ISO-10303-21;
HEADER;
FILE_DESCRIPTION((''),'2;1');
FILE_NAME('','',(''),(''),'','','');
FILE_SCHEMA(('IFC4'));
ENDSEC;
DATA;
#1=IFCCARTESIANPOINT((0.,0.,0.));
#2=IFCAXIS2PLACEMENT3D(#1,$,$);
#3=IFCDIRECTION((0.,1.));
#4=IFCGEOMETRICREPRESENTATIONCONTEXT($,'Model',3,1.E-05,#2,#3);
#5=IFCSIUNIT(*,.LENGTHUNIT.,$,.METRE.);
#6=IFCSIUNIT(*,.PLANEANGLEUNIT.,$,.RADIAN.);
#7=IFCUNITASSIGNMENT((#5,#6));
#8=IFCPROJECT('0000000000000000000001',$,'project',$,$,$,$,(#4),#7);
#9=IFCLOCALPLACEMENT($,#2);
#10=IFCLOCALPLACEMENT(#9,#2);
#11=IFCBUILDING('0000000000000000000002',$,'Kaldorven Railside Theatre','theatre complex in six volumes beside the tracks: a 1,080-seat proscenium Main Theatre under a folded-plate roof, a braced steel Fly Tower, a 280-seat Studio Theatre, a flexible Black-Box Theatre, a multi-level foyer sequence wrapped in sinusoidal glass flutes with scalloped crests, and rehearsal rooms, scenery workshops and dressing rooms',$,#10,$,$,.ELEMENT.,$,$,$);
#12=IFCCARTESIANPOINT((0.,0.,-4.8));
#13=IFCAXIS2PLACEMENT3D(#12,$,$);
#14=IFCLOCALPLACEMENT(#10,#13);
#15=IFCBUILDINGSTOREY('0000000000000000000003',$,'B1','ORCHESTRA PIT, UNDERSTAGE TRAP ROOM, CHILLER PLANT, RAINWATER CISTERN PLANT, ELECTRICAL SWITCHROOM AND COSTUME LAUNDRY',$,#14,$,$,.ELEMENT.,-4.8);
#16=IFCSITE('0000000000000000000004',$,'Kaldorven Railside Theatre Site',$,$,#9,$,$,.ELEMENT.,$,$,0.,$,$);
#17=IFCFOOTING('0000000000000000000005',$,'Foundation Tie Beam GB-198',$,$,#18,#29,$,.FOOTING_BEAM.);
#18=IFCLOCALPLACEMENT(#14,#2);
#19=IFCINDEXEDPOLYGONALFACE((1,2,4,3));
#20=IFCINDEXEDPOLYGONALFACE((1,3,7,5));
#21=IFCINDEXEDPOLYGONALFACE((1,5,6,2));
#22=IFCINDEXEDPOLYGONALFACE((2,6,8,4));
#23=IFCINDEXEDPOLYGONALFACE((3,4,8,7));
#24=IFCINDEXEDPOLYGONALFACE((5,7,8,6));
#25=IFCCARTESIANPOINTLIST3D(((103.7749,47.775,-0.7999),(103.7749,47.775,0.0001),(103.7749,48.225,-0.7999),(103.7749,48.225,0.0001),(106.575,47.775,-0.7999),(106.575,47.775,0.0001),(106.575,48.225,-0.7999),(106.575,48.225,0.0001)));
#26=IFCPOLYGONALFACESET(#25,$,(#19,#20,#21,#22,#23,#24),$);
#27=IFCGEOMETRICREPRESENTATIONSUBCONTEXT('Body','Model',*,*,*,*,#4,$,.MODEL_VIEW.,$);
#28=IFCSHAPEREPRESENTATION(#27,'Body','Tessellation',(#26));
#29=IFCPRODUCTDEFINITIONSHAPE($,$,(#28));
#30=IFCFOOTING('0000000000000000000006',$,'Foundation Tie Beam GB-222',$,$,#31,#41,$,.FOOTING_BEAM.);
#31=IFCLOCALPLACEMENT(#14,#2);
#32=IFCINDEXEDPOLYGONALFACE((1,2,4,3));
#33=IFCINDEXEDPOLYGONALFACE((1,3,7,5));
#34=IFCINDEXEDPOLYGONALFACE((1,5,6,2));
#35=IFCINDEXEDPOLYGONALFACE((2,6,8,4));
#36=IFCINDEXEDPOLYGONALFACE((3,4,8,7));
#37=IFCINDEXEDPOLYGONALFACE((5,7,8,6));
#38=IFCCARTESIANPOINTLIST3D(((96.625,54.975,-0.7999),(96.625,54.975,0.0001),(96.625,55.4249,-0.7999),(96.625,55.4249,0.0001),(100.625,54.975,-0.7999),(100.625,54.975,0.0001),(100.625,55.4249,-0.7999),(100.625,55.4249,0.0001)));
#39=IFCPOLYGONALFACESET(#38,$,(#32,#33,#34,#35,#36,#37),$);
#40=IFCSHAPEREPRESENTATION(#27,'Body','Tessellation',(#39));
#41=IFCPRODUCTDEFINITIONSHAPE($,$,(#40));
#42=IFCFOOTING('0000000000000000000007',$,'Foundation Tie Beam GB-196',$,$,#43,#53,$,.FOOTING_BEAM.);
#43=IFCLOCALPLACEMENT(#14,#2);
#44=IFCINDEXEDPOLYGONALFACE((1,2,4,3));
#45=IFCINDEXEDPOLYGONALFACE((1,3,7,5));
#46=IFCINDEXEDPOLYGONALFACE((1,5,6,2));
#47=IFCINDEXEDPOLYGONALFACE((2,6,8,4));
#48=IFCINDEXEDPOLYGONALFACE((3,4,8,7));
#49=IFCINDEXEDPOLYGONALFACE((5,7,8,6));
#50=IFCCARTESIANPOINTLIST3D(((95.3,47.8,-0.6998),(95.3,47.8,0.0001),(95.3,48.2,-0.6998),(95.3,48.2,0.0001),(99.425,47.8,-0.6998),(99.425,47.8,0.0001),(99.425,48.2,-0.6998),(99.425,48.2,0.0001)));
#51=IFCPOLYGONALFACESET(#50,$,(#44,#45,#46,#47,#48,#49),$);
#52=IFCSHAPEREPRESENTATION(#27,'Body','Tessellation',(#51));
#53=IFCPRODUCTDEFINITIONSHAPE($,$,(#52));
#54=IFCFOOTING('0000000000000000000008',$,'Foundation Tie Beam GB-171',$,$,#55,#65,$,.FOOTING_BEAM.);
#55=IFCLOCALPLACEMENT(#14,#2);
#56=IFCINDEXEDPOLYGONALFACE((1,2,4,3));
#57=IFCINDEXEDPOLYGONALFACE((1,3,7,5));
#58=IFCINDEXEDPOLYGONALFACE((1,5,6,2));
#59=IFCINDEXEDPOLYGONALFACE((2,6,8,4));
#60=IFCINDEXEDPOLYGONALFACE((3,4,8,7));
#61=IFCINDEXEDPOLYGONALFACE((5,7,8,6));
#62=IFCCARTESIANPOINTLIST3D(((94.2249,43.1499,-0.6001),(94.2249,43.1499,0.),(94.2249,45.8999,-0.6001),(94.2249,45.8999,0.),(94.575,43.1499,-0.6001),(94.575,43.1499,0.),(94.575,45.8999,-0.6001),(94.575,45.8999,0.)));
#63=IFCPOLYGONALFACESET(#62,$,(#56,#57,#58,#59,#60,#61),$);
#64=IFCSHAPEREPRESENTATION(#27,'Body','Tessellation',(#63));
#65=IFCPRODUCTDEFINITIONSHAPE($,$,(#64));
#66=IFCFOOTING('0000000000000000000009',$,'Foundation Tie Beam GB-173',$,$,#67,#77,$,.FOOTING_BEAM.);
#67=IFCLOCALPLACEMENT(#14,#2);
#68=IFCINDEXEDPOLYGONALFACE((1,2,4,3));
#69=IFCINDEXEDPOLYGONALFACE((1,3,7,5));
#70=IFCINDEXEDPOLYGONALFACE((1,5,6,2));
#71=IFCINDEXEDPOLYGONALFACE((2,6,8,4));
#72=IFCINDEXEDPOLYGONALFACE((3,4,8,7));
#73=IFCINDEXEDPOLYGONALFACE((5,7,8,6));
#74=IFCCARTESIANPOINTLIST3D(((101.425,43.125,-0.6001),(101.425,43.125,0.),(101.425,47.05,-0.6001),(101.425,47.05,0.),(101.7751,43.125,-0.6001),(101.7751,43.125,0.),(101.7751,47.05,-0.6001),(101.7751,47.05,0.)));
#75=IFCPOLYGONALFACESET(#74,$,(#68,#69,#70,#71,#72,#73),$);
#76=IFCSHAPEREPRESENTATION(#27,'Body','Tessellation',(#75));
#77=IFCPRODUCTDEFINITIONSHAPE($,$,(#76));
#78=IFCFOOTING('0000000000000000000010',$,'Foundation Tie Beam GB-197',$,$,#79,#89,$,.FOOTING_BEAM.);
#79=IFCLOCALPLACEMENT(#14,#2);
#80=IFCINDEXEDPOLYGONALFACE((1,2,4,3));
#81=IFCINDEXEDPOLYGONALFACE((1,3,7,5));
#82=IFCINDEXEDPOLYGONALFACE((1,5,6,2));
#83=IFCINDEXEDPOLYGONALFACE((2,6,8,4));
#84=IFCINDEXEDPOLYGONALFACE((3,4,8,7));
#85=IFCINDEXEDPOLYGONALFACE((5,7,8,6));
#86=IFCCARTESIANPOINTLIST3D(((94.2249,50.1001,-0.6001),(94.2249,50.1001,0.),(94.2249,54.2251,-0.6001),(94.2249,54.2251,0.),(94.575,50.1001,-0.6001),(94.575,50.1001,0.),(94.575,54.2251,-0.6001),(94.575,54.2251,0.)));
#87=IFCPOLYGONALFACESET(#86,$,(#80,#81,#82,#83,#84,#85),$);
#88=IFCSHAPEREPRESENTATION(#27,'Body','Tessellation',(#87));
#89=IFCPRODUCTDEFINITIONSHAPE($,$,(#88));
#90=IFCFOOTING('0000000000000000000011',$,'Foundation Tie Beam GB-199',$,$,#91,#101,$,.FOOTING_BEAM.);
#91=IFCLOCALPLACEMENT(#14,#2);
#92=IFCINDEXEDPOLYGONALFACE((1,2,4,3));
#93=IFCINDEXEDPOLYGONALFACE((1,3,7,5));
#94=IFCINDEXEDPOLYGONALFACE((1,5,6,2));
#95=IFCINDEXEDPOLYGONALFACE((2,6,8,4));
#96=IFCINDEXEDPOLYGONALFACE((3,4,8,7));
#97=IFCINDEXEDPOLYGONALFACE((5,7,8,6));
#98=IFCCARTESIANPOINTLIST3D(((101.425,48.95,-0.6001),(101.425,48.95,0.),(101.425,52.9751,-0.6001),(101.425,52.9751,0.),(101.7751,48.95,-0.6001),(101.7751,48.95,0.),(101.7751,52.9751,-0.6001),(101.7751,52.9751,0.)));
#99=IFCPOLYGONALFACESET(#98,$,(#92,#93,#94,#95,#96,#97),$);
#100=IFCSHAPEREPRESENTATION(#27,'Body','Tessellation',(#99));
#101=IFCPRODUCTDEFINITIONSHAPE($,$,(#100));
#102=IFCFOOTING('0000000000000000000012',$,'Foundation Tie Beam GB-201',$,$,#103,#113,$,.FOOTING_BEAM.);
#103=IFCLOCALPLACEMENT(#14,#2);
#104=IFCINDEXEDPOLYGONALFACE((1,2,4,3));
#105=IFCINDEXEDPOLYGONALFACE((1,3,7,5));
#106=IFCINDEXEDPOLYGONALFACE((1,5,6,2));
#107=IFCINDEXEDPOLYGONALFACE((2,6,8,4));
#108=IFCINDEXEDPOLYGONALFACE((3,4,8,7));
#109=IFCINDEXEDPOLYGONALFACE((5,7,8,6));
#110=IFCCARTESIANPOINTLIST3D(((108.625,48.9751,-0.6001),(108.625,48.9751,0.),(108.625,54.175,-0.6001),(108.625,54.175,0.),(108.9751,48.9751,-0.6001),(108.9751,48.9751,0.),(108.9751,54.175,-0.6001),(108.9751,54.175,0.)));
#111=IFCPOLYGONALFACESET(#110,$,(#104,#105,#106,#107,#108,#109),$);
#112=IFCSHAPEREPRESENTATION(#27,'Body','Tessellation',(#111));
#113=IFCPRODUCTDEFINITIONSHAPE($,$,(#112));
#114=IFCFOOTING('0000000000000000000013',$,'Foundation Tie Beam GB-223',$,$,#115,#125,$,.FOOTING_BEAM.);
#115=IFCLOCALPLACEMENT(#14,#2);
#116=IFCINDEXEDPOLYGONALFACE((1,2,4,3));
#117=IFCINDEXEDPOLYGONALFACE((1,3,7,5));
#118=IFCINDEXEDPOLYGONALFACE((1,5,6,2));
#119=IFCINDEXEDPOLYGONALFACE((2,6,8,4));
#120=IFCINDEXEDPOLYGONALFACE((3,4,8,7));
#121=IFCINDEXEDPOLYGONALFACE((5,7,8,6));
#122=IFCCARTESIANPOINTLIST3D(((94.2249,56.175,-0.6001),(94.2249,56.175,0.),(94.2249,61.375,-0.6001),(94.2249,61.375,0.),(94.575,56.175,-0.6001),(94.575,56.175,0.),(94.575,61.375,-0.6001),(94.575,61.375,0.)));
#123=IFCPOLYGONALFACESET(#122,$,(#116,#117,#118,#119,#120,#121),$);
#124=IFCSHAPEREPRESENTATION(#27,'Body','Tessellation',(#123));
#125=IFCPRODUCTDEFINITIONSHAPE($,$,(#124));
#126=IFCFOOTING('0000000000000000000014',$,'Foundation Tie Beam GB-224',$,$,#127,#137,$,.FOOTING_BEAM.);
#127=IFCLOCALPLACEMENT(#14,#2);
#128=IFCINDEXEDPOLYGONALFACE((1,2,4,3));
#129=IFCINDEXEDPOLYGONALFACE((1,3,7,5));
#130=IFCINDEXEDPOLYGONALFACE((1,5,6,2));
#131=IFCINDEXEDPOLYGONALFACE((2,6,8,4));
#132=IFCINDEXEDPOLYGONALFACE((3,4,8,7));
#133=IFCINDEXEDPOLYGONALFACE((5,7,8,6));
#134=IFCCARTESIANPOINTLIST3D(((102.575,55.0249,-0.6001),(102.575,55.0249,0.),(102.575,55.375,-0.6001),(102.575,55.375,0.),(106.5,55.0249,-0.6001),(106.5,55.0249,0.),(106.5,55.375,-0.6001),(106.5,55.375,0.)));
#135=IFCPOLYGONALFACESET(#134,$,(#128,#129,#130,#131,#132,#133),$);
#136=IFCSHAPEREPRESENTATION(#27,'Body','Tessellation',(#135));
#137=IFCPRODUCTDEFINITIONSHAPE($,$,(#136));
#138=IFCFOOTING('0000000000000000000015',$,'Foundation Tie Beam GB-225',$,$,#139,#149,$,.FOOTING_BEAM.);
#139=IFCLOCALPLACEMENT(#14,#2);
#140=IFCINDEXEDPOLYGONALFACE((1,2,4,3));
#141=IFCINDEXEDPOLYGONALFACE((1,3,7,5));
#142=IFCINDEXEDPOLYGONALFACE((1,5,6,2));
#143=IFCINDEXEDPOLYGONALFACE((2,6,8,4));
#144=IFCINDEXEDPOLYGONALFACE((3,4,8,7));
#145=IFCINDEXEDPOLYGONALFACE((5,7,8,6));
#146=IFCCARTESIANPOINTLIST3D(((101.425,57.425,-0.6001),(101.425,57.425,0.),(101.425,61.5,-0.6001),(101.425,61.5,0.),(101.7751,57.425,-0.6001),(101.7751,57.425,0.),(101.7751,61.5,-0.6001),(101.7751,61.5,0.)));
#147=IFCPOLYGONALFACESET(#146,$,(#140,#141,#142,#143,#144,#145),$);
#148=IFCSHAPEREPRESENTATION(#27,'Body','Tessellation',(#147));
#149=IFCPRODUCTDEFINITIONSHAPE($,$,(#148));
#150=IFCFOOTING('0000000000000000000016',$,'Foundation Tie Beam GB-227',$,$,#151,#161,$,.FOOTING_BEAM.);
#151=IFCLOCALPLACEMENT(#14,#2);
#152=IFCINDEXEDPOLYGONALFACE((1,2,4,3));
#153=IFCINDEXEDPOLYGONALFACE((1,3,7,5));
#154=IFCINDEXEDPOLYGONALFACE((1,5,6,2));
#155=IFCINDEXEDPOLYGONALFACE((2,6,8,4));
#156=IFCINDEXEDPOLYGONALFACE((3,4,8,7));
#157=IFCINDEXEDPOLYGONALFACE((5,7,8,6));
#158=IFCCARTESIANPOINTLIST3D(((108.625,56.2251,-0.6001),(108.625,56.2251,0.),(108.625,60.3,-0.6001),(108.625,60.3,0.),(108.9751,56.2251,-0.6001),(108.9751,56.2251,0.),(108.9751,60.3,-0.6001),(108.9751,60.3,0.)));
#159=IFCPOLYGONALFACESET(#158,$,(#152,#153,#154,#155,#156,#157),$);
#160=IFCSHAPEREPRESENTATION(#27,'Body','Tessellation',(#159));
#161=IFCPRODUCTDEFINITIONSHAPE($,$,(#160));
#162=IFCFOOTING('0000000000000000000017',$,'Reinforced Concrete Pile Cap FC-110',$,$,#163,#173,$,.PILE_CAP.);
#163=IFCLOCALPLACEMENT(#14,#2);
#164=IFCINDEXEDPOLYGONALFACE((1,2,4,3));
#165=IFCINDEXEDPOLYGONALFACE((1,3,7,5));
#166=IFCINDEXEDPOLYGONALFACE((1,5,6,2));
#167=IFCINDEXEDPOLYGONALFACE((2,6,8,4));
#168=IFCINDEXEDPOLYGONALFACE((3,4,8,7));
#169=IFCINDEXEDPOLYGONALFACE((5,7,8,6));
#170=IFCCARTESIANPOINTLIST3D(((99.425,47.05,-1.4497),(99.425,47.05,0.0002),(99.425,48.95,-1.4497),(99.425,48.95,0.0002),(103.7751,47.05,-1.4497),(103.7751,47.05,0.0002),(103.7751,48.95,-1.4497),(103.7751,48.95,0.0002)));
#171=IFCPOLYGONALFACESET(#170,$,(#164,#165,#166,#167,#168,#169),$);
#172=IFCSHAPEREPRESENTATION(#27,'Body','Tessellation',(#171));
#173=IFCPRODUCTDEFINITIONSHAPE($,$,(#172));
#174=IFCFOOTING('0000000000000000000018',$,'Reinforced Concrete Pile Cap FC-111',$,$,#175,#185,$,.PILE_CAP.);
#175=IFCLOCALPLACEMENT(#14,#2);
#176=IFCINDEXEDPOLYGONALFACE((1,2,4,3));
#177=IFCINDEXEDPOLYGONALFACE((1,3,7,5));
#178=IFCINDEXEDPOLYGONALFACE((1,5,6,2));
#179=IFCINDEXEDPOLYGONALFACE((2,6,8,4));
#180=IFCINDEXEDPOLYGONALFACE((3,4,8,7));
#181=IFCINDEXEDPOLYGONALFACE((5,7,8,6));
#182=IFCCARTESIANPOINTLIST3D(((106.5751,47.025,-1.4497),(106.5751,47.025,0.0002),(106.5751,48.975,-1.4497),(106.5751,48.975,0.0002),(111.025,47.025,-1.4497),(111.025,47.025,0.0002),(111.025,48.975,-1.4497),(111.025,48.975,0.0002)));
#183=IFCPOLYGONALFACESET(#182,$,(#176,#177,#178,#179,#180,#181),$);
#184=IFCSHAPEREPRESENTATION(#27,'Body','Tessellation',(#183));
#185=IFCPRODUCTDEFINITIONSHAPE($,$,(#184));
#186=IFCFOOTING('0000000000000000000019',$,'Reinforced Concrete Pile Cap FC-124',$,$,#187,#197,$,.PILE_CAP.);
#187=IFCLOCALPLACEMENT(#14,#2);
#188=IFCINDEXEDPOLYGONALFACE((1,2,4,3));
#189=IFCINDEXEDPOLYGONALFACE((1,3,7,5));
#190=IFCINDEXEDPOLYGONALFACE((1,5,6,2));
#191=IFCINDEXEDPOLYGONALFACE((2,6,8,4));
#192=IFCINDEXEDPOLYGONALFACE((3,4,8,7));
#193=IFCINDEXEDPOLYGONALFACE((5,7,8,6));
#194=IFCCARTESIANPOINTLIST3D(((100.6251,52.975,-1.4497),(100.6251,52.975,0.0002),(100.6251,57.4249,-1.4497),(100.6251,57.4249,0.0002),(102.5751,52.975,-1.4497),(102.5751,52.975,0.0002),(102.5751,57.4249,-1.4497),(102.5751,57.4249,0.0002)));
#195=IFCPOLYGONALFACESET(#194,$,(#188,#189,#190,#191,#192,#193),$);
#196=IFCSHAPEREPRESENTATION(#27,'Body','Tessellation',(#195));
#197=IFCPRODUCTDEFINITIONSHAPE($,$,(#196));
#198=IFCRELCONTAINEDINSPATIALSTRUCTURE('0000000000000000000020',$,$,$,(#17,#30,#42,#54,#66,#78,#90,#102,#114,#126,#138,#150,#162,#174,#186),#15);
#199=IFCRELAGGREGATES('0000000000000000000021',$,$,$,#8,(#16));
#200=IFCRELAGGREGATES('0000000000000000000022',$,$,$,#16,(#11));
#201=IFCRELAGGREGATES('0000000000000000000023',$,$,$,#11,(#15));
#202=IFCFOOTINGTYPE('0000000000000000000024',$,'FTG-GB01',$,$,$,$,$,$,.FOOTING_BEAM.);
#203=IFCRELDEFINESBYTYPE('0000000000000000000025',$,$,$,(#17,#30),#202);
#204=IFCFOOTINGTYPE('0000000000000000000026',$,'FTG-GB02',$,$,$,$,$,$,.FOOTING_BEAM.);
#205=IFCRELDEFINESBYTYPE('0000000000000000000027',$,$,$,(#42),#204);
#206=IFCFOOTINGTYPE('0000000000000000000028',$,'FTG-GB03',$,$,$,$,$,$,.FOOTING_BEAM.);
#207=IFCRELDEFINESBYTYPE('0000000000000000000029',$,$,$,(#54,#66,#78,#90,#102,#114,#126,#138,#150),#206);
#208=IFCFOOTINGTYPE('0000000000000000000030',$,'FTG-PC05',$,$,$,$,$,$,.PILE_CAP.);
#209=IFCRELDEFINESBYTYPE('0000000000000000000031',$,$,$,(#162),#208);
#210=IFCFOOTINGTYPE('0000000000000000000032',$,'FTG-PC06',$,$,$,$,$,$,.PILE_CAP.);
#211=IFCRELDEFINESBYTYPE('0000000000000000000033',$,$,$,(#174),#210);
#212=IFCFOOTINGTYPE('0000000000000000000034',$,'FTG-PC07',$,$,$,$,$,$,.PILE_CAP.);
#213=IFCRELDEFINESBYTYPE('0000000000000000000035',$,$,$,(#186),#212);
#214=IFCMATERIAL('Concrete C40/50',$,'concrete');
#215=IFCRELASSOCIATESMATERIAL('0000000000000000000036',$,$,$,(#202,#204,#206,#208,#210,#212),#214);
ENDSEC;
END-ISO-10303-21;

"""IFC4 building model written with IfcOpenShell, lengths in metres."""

from ifc_helpers import new_model, si_unit, direction, frame, origin, origin_2d, place, context, subcontext, project, spatial, rectangle, extrude, material, material_profile, profile_set, type_object, element, save


model = new_model("IFC4")

# Units and contexts
model_context = context("Model", 3, precision=1e-05, world=origin(), true_north=direction((0.0, 1.0)))
body_context = subcontext(model_context, "Body", "Model", "MODEL_VIEW")
ifc_project = project(units=[si_unit("LENGTHUNIT", "METRE"), si_unit("PLANEANGLEUNIT", "RADIAN")], contexts=[model_context])

# Site, building, storey
site_placement = place(None, origin())
site = spatial("IfcSite", under=ifc_project, at=site_placement, Name="Kaldorven Railside Theatre Site", CompositionType="ELEMENT", RefElevation=0.0)
building_placement = place(site_placement, origin())
building = spatial("IfcBuilding", under=site, at=building_placement, Name="Kaldorven Railside Theatre", Description="theatre complex in six volumes beside the tracks: a 1,080-seat proscenium Main Theatre under a folded-plate roof, a braced steel Fly Tower, a 280-seat Studio Theatre, a flexible Black-Box Theatre, a multi-level foyer sequence wrapped in sinusoidal glass flutes with scalloped crests, and rehearsal rooms, scenery workshops and dressing rooms", CompositionType="ELEMENT")
storey_placement = place(building_placement, frame((0.0, 0.0, -4.8)))
storey = spatial("IfcBuildingStorey", under=building, at=storey_placement, Name="B1", Description="ORCHESTRA PIT, UNDERSTAGE TRAP ROOM, CHILLER PLANT, RAINWATER CISTERN PLANT, ELECTRICAL SWITCHROOM AND COSTUME LAUNDRY", CompositionType="ELEMENT", Elevation=-4.8)

# Footings
ifc_material_1 = material(Name="Concrete C40/50", Category="concrete")
ifc_material_profile_1 = material_profile(ifc_material_1, rectangle(XDim=0.45, YDim=0.8, at=origin_2d()), Name="RC 450x800")
ifc_profile_set_1 = profile_set([ifc_material_profile_1], Name="Concrete C40/50")
footing_type_1 = type_object("IfcFootingType", Name="FTG-GB01", PredefinedType="FOOTING_BEAM", material=ifc_profile_set_1)
footing_1_placement = place(storey_placement, frame((103.7749, 48.0, -0.3999), z_axis=(1.0, 0.0, 0.0), x_axis=(0.0, 1.0, 0.0)))
element("IfcFooting", 1, at=footing_1_placement, inside=storey, type_object=footing_type_1, Name="Foundation Tie Beam GB-198", PredefinedType="FOOTING_BEAM", context=body_context, shape_type="SweptSolid", body=[
    extrude(rectangle(XDim=0.45, YDim=0.8, at=origin_2d()), origin(), (0.0, 0.0, 1.0), 2.8),
])
footing_2_placement = place(storey_placement, frame((96.625, 55.2, -0.3999), z_axis=(1.0, 0.0, 0.0), x_axis=(0.0, 1.0, 0.0)))
element("IfcFooting", 2, at=footing_2_placement, inside=storey, type_object=footing_type_1, Name="Foundation Tie Beam GB-222", PredefinedType="FOOTING_BEAM", context=body_context, shape_type="SweptSolid", body=[
    extrude(rectangle(XDim=0.45, YDim=0.8, at=origin_2d()), origin(), (0.0, 0.0, 1.0), 4.0),
])
ifc_material_profile_2 = material_profile(ifc_material_1, rectangle(XDim=0.3999, YDim=0.7, at=origin_2d()), Name="RC 400x700")
ifc_profile_set_2 = profile_set([ifc_material_profile_2], Name="Concrete C40/50")
footing_type_2 = type_object("IfcFootingType", Name="FTG-GB02", PredefinedType="FOOTING_BEAM", material=ifc_profile_set_2)
footing_3_placement = place(storey_placement, frame((95.3, 48.0, -0.3499), z_axis=(1.0, 0.0, 0.0), x_axis=(0.0, 1.0, 0.0)))
element("IfcFooting", 3, at=footing_3_placement, inside=storey, type_object=footing_type_2, Name="Foundation Tie Beam GB-196", PredefinedType="FOOTING_BEAM", context=body_context, shape_type="SweptSolid", body=[
    extrude(rectangle(XDim=0.3999, YDim=0.7, at=origin_2d()), origin(), (0.0, 0.0, 1.0), 4.125),
])
ifc_material_profile_3 = material_profile(ifc_material_1, rectangle(XDim=0.3501, YDim=0.6001, at=origin_2d()), Name="RC 350x600")
ifc_profile_set_3 = profile_set([ifc_material_profile_3], Name="Concrete C40/50")
footing_type_3 = type_object("IfcFootingType", Name="FTG-GB03", PredefinedType="FOOTING_BEAM", material=ifc_profile_set_3)
footing_4_placement = place(storey_placement, frame((94.3999, 43.1499, -0.3), z_axis=(0.0, 1.0, 0.0), x_axis=(-1.0, 0.0, 0.0)))
element("IfcFooting", 4, at=footing_4_placement, inside=storey, type_object=footing_type_3, Name="Foundation Tie Beam GB-171", PredefinedType="FOOTING_BEAM", context=body_context, shape_type="SweptSolid", body=[
    extrude(rectangle(XDim=0.3501, YDim=0.6001, at=origin_2d()), origin(), (0.0, 0.0, 1.0), 2.75),
])
footing_5_placement = place(storey_placement, frame((101.6001, 43.125, -0.3), z_axis=(0.0, 1.0, 0.0), x_axis=(-1.0, 0.0, 0.0)))
element("IfcFooting", 5, at=footing_5_placement, inside=storey, type_object=footing_type_3, Name="Foundation Tie Beam GB-173", PredefinedType="FOOTING_BEAM", context=body_context, shape_type="SweptSolid", body=[
    extrude(rectangle(XDim=0.3501, YDim=0.6001, at=origin_2d()), origin(), (0.0, 0.0, 1.0), 3.925),
])
footing_6_placement = place(storey_placement, frame((94.3999, 50.1001, -0.3), z_axis=(0.0, 1.0, 0.0), x_axis=(-1.0, 0.0, 0.0)))
element("IfcFooting", 6, at=footing_6_placement, inside=storey, type_object=footing_type_3, Name="Foundation Tie Beam GB-197", PredefinedType="FOOTING_BEAM", context=body_context, shape_type="SweptSolid", body=[
    extrude(rectangle(XDim=0.3501, YDim=0.6001, at=origin_2d()), origin(), (0.0, 0.0, 1.0), 4.125),
])
footing_7_placement = place(storey_placement, frame((101.6001, 48.95, -0.3), z_axis=(0.0, 1.0, 0.0), x_axis=(-1.0, 0.0, 0.0)))
element("IfcFooting", 7, at=footing_7_placement, inside=storey, type_object=footing_type_3, Name="Foundation Tie Beam GB-199", PredefinedType="FOOTING_BEAM", context=body_context, shape_type="SweptSolid", body=[
    extrude(rectangle(XDim=0.3501, YDim=0.6001, at=origin_2d()), origin(), (0.0, 0.0, 1.0), 4.0251),
])
for number, where, z_axis, x_axis, name in (
    (8, (108.8, 48.9751, -0.3), (0.0, 1.0, 0.0), (-1.0, 0.0, 0.0), "Foundation Tie Beam GB-201"),
    (9, (94.3999, 56.175, -0.3), (0.0, 1.0, 0.0), (-1.0, 0.0, 0.0), "Foundation Tie Beam GB-223"),
):
    element("IfcFooting", number, at=place(storey_placement, frame(where, z_axis=z_axis, x_axis=x_axis)), inside=storey, type_object=footing_type_3, Name=name, PredefinedType="FOOTING_BEAM", context=body_context, shape_type="SweptSolid", body=[
        extrude(rectangle(XDim=0.3501, YDim=0.6001, at=origin_2d()), origin(), (0.0, 0.0, 1.0), 5.2),
    ])
footing_8_placement = place(storey_placement, frame((102.575, 55.2, -0.3), z_axis=(1.0, 0.0, 0.0), x_axis=(0.0, 1.0, 0.0)))
element("IfcFooting", 10, at=footing_8_placement, inside=storey, type_object=footing_type_3, Name="Foundation Tie Beam GB-224", PredefinedType="FOOTING_BEAM", context=body_context, shape_type="SweptSolid", body=[
    extrude(rectangle(XDim=0.3501, YDim=0.6001, at=origin_2d()), origin(), (0.0, 0.0, 1.0), 3.925),
])
for number, where, z_axis, x_axis, name in (
    (11, (101.6001, 57.425, -0.3), (0.0, 1.0, 0.0), (-1.0, 0.0, 0.0), "Foundation Tie Beam GB-225"),
    (12, (108.8, 56.2251, -0.3), (0.0, 1.0, 0.0), (-1.0, 0.0, 0.0), "Foundation Tie Beam GB-227"),
):
    element("IfcFooting", number, at=place(storey_placement, frame(where, z_axis=z_axis, x_axis=x_axis)), inside=storey, type_object=footing_type_3, Name=name, PredefinedType="FOOTING_BEAM", context=body_context, shape_type="SweptSolid", body=[
        extrude(rectangle(XDim=0.3501, YDim=0.6001, at=origin_2d()), origin(), (0.0, 0.0, 1.0), 4.075),
    ])
footing_type_4 = type_object("IfcFootingType", Name="FTG-PC05", PredefinedType="PILE_CAP", material=ifc_material_1)
footing_9_placement = place(storey_placement, frame((101.6001, 48.0, -1.4497), z_axis=(0.0, 0.0, 1.0), x_axis=(1.0, 0.0, 0.0)))
element("IfcFooting", 13, at=footing_9_placement, inside=storey, type_object=footing_type_4, Name="Reinforced Concrete Pile Cap FC-110", PredefinedType="PILE_CAP", context=body_context, shape_type="SweptSolid", body=[
    extrude(rectangle(XDim=4.3501, YDim=1.8999, at=origin_2d()), origin(), (0.0, 0.0, 1.0), 1.45),
])
footing_type_5 = type_object("IfcFootingType", Name="FTG-PC06", PredefinedType="PILE_CAP", material=ifc_material_1)
footing_10_placement = place(storey_placement, frame((108.8, 48.0, -1.4497), z_axis=(0.0, 0.0, 1.0), x_axis=(1.0, 0.0, 0.0)))
element("IfcFooting", 14, at=footing_10_placement, inside=storey, type_object=footing_type_5, Name="Reinforced Concrete Pile Cap FC-111", PredefinedType="PILE_CAP", context=body_context, shape_type="SweptSolid", body=[
    extrude(rectangle(XDim=4.45, YDim=1.95, at=origin_2d()), origin(), (0.0, 0.0, 1.0), 1.45),
])
footing_type_6 = type_object("IfcFootingType", Name="FTG-PC07", PredefinedType="PILE_CAP", material=ifc_material_1)
footing_11_placement = place(storey_placement, frame((101.6001, 55.2, -1.4497), z_axis=(0.0, 0.0, 1.0), x_axis=(1.0, 0.0, 0.0)))
element("IfcFooting", 15, at=footing_11_placement, inside=storey, type_object=footing_type_6, Name="Reinforced Concrete Pile Cap FC-124", PredefinedType="PILE_CAP", context=body_context, shape_type="SweptSolid", body=[
    extrude(rectangle(XDim=1.95, YDim=4.45, at=origin_2d()), origin(), (0.0, 0.0, 1.0), 1.45),
])

save(model, "model.ifc")
